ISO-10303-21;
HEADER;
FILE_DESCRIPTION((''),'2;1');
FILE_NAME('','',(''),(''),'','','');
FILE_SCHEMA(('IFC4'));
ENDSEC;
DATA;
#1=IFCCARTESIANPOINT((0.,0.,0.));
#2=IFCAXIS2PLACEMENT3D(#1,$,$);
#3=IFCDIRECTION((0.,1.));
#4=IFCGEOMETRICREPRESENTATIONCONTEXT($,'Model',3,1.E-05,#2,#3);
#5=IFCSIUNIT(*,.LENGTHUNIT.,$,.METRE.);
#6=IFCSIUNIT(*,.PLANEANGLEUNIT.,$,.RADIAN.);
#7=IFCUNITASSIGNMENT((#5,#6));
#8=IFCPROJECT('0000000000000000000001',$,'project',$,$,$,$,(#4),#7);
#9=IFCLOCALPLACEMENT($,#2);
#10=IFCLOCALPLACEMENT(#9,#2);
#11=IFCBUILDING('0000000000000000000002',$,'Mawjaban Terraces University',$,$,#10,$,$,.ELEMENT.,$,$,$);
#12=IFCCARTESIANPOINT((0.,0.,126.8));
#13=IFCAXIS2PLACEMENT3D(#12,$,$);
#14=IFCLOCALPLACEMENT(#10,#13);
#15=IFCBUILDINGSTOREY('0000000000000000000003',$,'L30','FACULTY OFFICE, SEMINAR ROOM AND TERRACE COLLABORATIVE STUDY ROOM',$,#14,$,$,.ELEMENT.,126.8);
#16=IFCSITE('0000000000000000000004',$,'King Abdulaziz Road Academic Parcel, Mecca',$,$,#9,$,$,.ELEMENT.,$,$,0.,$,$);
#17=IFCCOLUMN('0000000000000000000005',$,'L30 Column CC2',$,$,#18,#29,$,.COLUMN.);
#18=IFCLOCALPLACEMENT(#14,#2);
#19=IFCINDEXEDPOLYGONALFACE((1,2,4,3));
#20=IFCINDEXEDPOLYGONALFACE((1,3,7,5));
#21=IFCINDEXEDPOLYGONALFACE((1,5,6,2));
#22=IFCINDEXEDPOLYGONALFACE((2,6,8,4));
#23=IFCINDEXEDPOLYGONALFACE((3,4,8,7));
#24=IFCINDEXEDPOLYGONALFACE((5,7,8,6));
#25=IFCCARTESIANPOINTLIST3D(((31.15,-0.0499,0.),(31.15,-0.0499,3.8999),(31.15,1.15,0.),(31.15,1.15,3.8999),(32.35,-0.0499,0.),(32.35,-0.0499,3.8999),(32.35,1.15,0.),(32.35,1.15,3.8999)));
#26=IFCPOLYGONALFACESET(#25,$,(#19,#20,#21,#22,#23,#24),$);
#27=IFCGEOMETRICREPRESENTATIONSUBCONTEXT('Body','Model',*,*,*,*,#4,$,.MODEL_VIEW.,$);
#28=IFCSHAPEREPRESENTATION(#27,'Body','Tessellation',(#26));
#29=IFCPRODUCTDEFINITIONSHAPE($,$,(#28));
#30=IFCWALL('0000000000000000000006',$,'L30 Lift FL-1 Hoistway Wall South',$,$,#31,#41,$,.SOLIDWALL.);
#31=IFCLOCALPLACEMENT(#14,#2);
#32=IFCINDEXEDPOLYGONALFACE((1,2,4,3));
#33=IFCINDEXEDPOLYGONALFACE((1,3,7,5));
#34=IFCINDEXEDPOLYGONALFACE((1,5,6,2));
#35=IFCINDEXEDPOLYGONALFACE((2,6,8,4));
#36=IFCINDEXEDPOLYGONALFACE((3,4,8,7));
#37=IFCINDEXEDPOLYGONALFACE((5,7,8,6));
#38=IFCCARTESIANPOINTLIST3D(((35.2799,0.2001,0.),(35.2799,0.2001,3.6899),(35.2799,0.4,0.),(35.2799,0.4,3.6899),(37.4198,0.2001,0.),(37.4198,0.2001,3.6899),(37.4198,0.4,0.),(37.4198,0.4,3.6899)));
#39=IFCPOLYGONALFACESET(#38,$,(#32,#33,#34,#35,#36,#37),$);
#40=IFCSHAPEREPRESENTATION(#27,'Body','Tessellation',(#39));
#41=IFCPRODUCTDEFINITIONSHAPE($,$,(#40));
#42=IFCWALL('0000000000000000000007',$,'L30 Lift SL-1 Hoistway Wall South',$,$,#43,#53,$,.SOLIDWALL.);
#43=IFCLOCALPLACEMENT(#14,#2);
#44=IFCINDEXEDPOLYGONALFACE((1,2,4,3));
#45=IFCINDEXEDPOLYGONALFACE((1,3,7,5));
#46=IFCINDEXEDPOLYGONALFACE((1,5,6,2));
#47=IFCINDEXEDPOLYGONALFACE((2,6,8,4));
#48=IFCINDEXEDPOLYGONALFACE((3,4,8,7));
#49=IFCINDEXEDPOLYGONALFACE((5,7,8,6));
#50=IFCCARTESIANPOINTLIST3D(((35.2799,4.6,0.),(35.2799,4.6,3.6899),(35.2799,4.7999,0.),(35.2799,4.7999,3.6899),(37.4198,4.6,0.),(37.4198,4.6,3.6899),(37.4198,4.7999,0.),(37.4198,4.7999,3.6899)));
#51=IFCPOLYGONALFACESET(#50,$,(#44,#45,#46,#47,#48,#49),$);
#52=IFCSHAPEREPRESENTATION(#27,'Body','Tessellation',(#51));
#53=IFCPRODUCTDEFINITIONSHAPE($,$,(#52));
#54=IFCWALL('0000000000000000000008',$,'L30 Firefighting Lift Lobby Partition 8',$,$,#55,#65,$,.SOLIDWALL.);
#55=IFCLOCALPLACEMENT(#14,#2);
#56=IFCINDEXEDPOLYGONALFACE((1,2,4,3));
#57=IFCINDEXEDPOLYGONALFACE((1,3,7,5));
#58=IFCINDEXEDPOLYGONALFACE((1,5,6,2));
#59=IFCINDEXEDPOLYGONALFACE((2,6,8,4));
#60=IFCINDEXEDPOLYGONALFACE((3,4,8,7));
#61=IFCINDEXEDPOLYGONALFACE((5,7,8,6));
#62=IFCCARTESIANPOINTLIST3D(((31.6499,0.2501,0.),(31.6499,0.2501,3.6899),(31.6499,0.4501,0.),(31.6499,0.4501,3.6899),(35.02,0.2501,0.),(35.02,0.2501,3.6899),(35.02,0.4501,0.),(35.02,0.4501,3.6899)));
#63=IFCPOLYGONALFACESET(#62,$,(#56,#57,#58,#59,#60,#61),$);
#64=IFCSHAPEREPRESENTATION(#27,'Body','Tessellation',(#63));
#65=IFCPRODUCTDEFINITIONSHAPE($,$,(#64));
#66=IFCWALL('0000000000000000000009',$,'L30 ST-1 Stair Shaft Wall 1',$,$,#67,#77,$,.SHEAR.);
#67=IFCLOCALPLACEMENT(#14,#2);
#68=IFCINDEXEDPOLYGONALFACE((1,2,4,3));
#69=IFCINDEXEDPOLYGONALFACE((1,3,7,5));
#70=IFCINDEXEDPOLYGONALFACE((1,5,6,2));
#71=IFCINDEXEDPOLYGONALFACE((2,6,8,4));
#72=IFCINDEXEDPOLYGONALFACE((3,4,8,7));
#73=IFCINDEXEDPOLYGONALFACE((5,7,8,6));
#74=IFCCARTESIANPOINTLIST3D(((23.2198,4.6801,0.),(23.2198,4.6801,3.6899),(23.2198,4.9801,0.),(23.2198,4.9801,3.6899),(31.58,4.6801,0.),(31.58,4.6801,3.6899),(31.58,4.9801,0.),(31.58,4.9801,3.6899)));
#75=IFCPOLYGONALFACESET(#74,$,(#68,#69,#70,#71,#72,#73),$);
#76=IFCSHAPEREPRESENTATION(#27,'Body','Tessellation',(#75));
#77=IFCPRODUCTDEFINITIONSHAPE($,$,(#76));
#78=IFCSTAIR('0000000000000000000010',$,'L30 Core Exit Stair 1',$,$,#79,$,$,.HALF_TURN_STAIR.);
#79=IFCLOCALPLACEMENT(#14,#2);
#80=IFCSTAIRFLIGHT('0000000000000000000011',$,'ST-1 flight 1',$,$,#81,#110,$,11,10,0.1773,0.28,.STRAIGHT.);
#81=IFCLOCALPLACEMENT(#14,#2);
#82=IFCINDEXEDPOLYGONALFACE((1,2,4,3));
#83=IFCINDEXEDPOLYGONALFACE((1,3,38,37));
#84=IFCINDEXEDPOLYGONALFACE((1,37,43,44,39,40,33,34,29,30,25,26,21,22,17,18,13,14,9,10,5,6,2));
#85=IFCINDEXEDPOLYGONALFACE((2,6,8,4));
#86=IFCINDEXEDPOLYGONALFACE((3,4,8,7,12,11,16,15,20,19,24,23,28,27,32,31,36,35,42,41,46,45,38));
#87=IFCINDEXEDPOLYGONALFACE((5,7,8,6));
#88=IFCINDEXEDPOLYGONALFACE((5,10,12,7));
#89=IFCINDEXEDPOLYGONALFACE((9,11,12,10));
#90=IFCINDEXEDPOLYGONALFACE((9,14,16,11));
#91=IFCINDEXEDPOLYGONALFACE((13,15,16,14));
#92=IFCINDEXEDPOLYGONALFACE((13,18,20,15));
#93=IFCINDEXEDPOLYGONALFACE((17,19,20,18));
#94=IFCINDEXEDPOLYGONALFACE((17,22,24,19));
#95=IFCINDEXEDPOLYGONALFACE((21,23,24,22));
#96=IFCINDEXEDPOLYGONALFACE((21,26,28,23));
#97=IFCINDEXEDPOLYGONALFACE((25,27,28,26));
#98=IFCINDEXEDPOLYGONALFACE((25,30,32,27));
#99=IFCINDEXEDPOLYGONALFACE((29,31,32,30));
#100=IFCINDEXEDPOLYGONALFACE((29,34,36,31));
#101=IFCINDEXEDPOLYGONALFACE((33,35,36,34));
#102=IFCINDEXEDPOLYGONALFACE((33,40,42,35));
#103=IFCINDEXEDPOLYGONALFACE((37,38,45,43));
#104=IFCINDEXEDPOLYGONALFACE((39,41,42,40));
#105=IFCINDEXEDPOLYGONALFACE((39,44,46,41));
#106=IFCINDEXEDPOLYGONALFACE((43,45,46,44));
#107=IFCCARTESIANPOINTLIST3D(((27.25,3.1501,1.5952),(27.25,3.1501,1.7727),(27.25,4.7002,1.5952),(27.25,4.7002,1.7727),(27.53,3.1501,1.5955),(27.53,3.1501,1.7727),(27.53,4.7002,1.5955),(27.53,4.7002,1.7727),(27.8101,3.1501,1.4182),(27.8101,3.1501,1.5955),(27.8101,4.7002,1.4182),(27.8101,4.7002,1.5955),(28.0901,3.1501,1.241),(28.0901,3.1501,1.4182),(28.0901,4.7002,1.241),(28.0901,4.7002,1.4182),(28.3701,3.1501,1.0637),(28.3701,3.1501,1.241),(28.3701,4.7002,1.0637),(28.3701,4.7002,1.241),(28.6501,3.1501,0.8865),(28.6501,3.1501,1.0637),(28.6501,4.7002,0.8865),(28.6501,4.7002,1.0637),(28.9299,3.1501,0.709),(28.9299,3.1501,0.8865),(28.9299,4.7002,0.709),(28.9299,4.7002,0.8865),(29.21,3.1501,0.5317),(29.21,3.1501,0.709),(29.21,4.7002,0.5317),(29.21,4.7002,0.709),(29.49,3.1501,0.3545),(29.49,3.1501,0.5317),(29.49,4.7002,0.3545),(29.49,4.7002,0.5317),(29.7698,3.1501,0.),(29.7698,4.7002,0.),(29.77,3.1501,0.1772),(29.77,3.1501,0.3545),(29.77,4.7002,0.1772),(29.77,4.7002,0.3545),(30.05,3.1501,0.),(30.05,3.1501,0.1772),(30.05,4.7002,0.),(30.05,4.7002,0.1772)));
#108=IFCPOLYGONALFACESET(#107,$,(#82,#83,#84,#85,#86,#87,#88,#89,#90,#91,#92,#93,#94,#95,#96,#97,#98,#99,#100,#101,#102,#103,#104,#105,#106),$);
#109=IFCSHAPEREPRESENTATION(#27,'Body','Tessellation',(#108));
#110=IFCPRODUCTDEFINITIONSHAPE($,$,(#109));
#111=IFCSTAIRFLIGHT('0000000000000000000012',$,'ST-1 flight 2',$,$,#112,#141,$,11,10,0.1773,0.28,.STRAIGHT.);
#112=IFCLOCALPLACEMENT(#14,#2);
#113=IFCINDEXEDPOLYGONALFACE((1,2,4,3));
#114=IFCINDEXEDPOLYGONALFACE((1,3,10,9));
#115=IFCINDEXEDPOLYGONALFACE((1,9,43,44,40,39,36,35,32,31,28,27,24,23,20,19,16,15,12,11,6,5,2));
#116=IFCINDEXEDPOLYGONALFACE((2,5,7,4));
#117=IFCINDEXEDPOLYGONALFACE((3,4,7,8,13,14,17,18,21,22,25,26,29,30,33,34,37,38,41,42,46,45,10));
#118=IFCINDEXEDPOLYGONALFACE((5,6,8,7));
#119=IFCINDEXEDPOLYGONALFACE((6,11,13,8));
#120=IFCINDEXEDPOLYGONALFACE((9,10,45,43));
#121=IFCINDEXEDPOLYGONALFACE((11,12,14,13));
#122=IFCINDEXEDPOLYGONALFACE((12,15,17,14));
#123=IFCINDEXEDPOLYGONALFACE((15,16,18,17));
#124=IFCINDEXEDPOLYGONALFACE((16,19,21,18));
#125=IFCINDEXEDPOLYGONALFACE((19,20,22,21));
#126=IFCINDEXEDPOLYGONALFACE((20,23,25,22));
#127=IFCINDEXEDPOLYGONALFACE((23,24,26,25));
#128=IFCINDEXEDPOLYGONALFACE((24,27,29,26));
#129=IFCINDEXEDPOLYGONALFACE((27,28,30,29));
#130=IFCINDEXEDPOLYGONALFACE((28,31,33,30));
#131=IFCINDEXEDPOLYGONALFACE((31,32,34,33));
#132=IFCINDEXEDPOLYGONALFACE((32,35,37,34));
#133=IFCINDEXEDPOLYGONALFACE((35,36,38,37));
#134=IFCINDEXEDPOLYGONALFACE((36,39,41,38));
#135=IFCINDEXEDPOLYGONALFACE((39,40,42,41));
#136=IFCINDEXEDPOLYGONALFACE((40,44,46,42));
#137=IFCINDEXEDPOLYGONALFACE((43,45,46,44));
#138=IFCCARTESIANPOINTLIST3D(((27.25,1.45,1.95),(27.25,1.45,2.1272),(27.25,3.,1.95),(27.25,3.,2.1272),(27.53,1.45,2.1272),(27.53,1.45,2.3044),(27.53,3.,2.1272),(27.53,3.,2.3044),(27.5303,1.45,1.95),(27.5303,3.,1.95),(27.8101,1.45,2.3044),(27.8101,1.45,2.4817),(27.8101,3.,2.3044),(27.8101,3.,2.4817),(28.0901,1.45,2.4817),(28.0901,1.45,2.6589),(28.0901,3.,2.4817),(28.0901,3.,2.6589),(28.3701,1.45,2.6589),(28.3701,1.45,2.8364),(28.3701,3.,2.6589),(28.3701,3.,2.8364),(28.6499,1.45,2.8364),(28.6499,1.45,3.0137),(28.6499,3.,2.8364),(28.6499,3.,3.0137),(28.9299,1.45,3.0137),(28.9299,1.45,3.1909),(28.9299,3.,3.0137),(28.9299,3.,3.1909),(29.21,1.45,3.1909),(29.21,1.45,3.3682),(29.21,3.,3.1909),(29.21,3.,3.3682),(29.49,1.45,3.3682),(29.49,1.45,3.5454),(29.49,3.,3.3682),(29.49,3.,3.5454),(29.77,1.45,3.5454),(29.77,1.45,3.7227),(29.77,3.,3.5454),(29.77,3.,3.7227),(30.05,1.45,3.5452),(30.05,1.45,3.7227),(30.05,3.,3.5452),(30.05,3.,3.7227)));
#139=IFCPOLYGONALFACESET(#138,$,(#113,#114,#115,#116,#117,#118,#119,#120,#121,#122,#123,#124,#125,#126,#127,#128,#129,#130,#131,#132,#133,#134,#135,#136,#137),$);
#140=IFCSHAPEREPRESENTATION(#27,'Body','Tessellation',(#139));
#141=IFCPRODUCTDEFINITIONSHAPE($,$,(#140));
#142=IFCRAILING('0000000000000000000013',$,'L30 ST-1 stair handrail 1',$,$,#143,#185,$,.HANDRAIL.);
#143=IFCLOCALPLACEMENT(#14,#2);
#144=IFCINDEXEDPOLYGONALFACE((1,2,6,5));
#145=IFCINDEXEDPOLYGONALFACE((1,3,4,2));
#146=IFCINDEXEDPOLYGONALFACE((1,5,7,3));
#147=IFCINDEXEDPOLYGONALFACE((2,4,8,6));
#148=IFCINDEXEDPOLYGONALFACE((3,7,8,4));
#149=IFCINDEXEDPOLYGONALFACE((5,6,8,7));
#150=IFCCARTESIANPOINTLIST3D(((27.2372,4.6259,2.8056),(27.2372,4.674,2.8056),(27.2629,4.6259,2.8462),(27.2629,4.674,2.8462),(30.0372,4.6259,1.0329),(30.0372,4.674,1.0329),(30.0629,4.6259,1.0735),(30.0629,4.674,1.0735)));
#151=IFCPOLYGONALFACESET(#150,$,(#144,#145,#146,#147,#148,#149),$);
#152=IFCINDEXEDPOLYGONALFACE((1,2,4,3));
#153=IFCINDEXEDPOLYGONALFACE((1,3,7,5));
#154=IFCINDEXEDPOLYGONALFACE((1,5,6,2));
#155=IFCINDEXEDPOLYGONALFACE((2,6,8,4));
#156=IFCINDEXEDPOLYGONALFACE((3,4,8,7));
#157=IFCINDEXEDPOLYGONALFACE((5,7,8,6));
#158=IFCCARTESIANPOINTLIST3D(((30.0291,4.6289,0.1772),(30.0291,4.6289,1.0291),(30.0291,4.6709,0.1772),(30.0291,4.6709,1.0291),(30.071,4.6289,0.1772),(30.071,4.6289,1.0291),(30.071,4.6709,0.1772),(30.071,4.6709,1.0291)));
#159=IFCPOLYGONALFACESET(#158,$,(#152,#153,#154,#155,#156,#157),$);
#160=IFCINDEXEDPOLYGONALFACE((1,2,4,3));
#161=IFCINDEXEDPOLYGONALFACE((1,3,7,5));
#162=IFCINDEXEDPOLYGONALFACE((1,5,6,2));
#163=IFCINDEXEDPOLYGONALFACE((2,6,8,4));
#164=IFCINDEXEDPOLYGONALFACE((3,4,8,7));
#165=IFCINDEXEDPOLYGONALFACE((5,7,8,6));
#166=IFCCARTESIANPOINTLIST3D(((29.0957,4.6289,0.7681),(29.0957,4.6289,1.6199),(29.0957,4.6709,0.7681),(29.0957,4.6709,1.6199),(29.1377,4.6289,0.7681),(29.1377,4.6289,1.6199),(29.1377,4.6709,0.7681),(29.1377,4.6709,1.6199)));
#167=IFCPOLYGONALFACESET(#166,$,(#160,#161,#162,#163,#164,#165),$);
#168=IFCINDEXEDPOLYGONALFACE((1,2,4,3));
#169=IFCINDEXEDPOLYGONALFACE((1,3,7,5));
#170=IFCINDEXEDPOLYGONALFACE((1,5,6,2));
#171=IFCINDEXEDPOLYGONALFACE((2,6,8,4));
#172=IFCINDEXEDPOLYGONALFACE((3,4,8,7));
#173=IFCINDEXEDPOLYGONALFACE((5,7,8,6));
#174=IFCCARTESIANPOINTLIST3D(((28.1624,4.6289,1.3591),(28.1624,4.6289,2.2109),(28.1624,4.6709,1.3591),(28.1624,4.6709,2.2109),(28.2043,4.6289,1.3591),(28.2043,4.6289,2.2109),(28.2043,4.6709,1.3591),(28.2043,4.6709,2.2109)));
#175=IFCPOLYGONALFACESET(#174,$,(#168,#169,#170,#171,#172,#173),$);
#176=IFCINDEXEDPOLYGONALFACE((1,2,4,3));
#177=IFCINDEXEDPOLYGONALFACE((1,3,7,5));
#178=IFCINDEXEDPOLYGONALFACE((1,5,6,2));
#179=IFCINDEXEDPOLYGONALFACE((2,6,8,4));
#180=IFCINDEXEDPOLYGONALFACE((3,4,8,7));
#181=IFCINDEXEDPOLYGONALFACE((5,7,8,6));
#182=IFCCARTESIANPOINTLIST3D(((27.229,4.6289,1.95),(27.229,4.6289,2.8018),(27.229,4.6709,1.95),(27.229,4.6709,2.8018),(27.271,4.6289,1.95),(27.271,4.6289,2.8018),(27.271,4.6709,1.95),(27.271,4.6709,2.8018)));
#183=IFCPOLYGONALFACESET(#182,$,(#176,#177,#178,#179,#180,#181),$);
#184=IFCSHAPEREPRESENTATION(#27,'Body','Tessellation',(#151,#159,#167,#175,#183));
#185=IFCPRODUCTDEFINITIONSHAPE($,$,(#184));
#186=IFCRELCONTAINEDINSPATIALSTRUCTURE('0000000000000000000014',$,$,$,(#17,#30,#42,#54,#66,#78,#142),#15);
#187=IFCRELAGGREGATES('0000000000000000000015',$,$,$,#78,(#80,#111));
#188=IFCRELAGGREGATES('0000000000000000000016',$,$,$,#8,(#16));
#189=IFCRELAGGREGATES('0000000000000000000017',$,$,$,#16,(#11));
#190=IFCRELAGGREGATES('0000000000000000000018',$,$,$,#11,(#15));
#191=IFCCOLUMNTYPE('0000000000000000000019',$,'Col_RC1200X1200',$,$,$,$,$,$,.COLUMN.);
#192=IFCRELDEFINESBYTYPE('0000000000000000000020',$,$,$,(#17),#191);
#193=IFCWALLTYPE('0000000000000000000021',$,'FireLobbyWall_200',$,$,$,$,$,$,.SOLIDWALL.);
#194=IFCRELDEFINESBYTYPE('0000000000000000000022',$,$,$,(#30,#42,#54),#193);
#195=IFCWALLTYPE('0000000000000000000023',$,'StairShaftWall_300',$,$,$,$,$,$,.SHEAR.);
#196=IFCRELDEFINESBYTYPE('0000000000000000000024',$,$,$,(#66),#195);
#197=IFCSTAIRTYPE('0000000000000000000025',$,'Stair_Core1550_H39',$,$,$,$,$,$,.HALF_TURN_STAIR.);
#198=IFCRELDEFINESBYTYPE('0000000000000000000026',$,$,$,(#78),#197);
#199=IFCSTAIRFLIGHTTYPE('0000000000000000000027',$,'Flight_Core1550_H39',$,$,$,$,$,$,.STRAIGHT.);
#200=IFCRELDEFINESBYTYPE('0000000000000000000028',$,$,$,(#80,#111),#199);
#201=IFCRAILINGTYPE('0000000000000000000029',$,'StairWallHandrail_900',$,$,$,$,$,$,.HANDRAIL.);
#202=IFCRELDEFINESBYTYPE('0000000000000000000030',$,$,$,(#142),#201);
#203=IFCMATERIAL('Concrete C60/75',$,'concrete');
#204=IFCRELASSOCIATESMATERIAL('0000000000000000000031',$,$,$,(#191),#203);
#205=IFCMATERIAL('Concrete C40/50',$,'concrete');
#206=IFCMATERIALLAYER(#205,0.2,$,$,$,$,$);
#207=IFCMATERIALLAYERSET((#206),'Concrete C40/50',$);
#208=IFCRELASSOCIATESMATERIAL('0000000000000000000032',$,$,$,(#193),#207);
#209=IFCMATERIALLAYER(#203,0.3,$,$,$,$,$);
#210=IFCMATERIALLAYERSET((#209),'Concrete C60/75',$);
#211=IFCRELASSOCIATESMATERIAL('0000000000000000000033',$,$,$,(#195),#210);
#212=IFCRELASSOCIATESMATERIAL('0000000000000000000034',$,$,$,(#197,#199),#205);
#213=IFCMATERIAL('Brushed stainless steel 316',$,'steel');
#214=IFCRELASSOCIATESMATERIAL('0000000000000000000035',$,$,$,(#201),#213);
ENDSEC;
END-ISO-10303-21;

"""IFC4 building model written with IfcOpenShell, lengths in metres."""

from ifc_helpers import new_model, si_unit, direction, frame, frame_2d, origin, origin_2d, place, context, subcontext, project, spatial, polyline, rectangle, outline, extrude, material, layer, layer_set, material_profile, profile_set, type_object, element, aggregate, save


model = new_model("IFC4")

# Units and contexts
model_context = context("Model", 3, precision=1e-05, world=origin(), true_north=direction((0.0, 1.0)))
body_context = subcontext(model_context, "Body", "Model", "MODEL_VIEW")
ifc_project = project(units=[si_unit("LENGTHUNIT", "METRE"), si_unit("PLANEANGLEUNIT", "RADIAN")], contexts=[model_context])

# Site, building, storey
site_placement = place(None, origin())
site = spatial("IfcSite", under=ifc_project, at=site_placement, Name="King Abdulaziz Road Academic Parcel, Mecca", CompositionType="ELEMENT", RefElevation=0.0)
building_placement = place(site_placement, origin())
building = spatial("IfcBuilding", under=site, at=building_placement, Name="Mawjaban Terraces University", CompositionType="ELEMENT")
storey_placement = place(building_placement, frame((0.0, 0.0, 126.8)))
storey = spatial("IfcBuildingStorey", under=building, at=storey_placement, Name="L30", Description="FACULTY OFFICE, SEMINAR ROOM AND TERRACE COLLABORATIVE STUDY ROOM", CompositionType="ELEMENT", Elevation=126.8)

# Column
ifc_material_1 = material(Name="Concrete C60/75", Category="concrete")
ifc_material_profile = material_profile(ifc_material_1, rectangle(XDim=1.2, YDim=1.2, at=origin_2d()), Name="RC1200X1200")
ifc_profile_set = profile_set([ifc_material_profile], Name="Concrete C60/75")
column_type = type_object("IfcColumnType", Name="Col_RC1200X1200", PredefinedType="COLUMN", material=ifc_profile_set)
column_placement = place(storey_placement, frame((31.75, 0.55, 0.0), z_axis=(0.0, 0.0, 1.0), x_axis=(1.0, 0.0, 0.0)))
element("IfcColumn", 1, at=column_placement, inside=storey, type_object=column_type, Name="L30 Column CC2", PredefinedType="COLUMN", context=body_context, shape_type="SweptSolid", body=[
    extrude(rectangle(XDim=1.2, YDim=1.2, at=origin_2d()), origin(), (0.0, 0.0, 1.0), 3.8999),
])

# Shared definitions
ifc_material_2 = material(Name="Concrete C40/50", Category="concrete")
ifc_layer_1 = layer(ifc_material_2, 0.2)
ifc_layer_set_1 = layer_set([ifc_layer_1], Name="Concrete C40/50")
wall_type_1 = type_object("IfcWallType", Name="FireLobbyWall_200", PredefinedType="SOLIDWALL", material=ifc_layer_set_1)

# Wall
wall_1_placement = place(storey_placement, frame((35.28, 0.3, 0.0), z_axis=(0.0, 0.0, 1.0), x_axis=(1.0, 0.0, 0.0)))
element("IfcWall", 2, at=wall_1_placement, inside=storey, type_object=wall_type_1, Name="L30 Lift FL-1 Hoistway Wall South", PredefinedType="SOLIDWALL", context=body_context, shape_type="SweptSolid", body=[
    extrude(rectangle(XDim=2.1399, YDim=0.2, at=frame_2d((1.0698, 0.0))), origin(), (0.0, 0.0, 1.0), 3.6899),
])

# Walls
wall_2_placement = place(storey_placement, frame((35.28, 4.7, 0.0), z_axis=(0.0, 0.0, 1.0), x_axis=(1.0, 0.0, 0.0)))
element("IfcWall", 3, at=wall_2_placement, inside=storey, type_object=wall_type_1, Name="L30 Lift SL-1 Hoistway Wall South", PredefinedType="SOLIDWALL", context=body_context, shape_type="SweptSolid", body=[
    extrude(rectangle(XDim=2.1399, YDim=0.2, at=frame_2d((1.0698, 0.0))), origin(), (0.0, 0.0, 1.0), 3.6899),
])
wall_3_placement = place(storey_placement, frame((31.6499, 0.3501, 0.0), z_axis=(0.0, 0.0, 1.0), x_axis=(1.0, 0.0, 0.0)))
element("IfcWall", 4, at=wall_3_placement, inside=storey, type_object=wall_type_1, Name="L30 Firefighting Lift Lobby Partition 8", PredefinedType="SOLIDWALL", context=body_context, shape_type="SweptSolid", body=[
    extrude(rectangle(XDim=3.3701, YDim=0.2, at=frame_2d((1.6851, 0.0))), origin(), (0.0, 0.0, 1.0), 3.6899),
])

# Wall
ifc_layer_2 = layer(ifc_material_1, 0.3)
ifc_layer_set_2 = layer_set([ifc_layer_2], Name="Concrete C60/75")
wall_type_2 = type_object("IfcWallType", Name="StairShaftWall_300", PredefinedType="SHEAR", material=ifc_layer_set_2)
wall_4_placement = place(storey_placement, frame((31.5801, 4.8301, 0.0), z_axis=(0.0, 0.0, 1.0), x_axis=(-1.0, 0.0, 0.0)))
element("IfcWall", 5, at=wall_4_placement, inside=storey, type_object=wall_type_2, Name="L30 ST-1 Stair Shaft Wall 1", PredefinedType="SHEAR", context=body_context, shape_type="SweptSolid", body=[
    extrude(rectangle(XDim=8.3601, YDim=0.3, at=frame_2d((4.1802, 0.0))), origin(), (0.0, 0.0, 1.0), 3.6899),
])

# Stair, stair flights
stair_type = type_object("IfcStairType", Name="Stair_Core1550_H39", PredefinedType="HALF_TURN_STAIR", material=ifc_material_2)
stair_placement = place(storey_placement, origin())
stair = element("IfcStair", 6, at=stair_placement, inside=storey, type_object=stair_type, Name="L30 Core Exit Stair 1", PredefinedType="HALF_TURN_STAIR")
stair_flight_type = type_object("IfcStairFlightType", Name="Flight_Core1550_H39", PredefinedType="STRAIGHT", material=ifc_material_2)
stair_flight_1_placement = place(storey_placement, frame((30.05, 3.925, 0.0), z_axis=(0.0, 0.0, 1.0), x_axis=(-1.0, 0.0, 0.0)))
stair_flight_1 = element("IfcStairFlight", 7, at=stair_flight_1_placement, type_object=stair_flight_type, Name="ST-1 flight 1", NumberOfRisers=11, NumberOfTreads=10, PredefinedType="STRAIGHT", RiserHeight=0.1773, TreadLength=0.28, context=body_context, shape_type="SweptSolid", body=[
    extrude(outline(polyline([(0.0, 0.0), (0.0, 0.1772), (0.28, 0.1772), (0.28, 0.3545), (0.5601, 0.3545), (0.5601, 0.5317), (0.8401, 0.5317), (0.8401, 0.709), (1.1201, 0.709), (1.1201, 0.8865), (1.3999, 0.8865), (1.3999, 1.0637), (1.6799, 1.0637), (1.6799, 1.241), (1.96, 1.241), (1.96, 1.4182), (2.24, 1.4182), (2.24, 1.5955), (2.52, 1.5955), (2.52, 1.7727), (2.8, 1.7727), (2.8, 1.95), (2.8, 1.5952), (0.2803, 0.0), (0.0, 0.0)])), frame((0.0, 0.7749, 0.0), z_axis=(0.0, -1.0, 0.0), x_axis=(1.0, 0.0, 0.0)), (0.0, 0.0, 1.0), 1.55),
])
stair_flight_2_placement = place(storey_placement, frame((27.25, 2.2251, 1.95), z_axis=(0.0, 0.0, 1.0), x_axis=(1.0, 0.0, 0.0)))
stair_flight_2 = element("IfcStairFlight", 8, at=stair_flight_2_placement, type_object=stair_flight_type, Name="ST-1 flight 2", NumberOfRisers=11, NumberOfTreads=10, PredefinedType="STRAIGHT", RiserHeight=0.1773, TreadLength=0.28, context=body_context, shape_type="SweptSolid", body=[
    extrude(outline(polyline([(0.0, 0.0), (0.0, 0.1772), (0.28, 0.1772), (0.28, 0.3545), (0.5601, 0.3545), (0.5601, 0.5317), (0.8401, 0.5317), (0.8401, 0.709), (1.1201, 0.709), (1.1201, 0.8865), (1.3999, 0.8865), (1.3999, 1.0637), (1.6799, 1.0637), (1.6799, 1.241), (1.96, 1.241), (1.96, 1.4182), (2.24, 1.4182), (2.24, 1.5955), (2.52, 1.5955), (2.52, 1.7727), (2.8, 1.7727), (2.8, 1.95), (2.8, 1.5952), (0.2803, 0.0), (0.0, 0.0)])), frame((0.0, 0.7749, 0.0), z_axis=(0.0, -1.0, 0.0), x_axis=(1.0, 0.0, 0.0)), (0.0, 0.0, 1.0), 1.55),
])
aggregate(stair, [stair_flight_1, stair_flight_2])

# Railing
ifc_material_3 = material(Name="Brushed stainless steel 316", Category="steel")
railing_type_1 = type_object("IfcRailingType", Name="StairWallHandrail_900", PredefinedType="HANDRAIL", material=ifc_material_3)
railing_1_placement = place(storey_placement, frame((30.05, 4.6499, 0.1772)))
element("IfcRailing", 9, at=railing_1_placement, inside=storey, type_object=railing_type_1, Name="L30 ST-1 stair handrail 1", PredefinedType="HANDRAIL", context=body_context, shape_type="SweptSolid", body=[
    extrude(rectangle(XDim=0.0481, YDim=0.0481, at=origin_2d()), frame((0.0, 0.0, 0.876), z_axis=(-0.844909, 0.0, 0.53491), x_axis=(0.0, -1.0, 0.0)), (0.0, 0.0, 1.0), 3.314),
    extrude(rectangle(XDim=0.042, YDim=0.042, at=origin_2d()), origin(), (0.0, 0.0, 1.0), 0.8518),
    extrude(rectangle(XDim=0.042, YDim=0.042, at=origin_2d()), frame((-0.9333, 0.0, 0.5908)), (0.0, 0.0, 1.0), 0.8518),
    extrude(rectangle(XDim=0.042, YDim=0.042, at=origin_2d()), frame((-1.8667, 0.0, 1.1819)), (0.0, 0.0, 1.0), 0.8518),
    extrude(rectangle(XDim=0.042, YDim=0.042, at=origin_2d()), frame((-2.8, 0.0, 1.7727)), (0.0, 0.0, 1.0), 0.8518),
])

save(model, "model.ifc")
